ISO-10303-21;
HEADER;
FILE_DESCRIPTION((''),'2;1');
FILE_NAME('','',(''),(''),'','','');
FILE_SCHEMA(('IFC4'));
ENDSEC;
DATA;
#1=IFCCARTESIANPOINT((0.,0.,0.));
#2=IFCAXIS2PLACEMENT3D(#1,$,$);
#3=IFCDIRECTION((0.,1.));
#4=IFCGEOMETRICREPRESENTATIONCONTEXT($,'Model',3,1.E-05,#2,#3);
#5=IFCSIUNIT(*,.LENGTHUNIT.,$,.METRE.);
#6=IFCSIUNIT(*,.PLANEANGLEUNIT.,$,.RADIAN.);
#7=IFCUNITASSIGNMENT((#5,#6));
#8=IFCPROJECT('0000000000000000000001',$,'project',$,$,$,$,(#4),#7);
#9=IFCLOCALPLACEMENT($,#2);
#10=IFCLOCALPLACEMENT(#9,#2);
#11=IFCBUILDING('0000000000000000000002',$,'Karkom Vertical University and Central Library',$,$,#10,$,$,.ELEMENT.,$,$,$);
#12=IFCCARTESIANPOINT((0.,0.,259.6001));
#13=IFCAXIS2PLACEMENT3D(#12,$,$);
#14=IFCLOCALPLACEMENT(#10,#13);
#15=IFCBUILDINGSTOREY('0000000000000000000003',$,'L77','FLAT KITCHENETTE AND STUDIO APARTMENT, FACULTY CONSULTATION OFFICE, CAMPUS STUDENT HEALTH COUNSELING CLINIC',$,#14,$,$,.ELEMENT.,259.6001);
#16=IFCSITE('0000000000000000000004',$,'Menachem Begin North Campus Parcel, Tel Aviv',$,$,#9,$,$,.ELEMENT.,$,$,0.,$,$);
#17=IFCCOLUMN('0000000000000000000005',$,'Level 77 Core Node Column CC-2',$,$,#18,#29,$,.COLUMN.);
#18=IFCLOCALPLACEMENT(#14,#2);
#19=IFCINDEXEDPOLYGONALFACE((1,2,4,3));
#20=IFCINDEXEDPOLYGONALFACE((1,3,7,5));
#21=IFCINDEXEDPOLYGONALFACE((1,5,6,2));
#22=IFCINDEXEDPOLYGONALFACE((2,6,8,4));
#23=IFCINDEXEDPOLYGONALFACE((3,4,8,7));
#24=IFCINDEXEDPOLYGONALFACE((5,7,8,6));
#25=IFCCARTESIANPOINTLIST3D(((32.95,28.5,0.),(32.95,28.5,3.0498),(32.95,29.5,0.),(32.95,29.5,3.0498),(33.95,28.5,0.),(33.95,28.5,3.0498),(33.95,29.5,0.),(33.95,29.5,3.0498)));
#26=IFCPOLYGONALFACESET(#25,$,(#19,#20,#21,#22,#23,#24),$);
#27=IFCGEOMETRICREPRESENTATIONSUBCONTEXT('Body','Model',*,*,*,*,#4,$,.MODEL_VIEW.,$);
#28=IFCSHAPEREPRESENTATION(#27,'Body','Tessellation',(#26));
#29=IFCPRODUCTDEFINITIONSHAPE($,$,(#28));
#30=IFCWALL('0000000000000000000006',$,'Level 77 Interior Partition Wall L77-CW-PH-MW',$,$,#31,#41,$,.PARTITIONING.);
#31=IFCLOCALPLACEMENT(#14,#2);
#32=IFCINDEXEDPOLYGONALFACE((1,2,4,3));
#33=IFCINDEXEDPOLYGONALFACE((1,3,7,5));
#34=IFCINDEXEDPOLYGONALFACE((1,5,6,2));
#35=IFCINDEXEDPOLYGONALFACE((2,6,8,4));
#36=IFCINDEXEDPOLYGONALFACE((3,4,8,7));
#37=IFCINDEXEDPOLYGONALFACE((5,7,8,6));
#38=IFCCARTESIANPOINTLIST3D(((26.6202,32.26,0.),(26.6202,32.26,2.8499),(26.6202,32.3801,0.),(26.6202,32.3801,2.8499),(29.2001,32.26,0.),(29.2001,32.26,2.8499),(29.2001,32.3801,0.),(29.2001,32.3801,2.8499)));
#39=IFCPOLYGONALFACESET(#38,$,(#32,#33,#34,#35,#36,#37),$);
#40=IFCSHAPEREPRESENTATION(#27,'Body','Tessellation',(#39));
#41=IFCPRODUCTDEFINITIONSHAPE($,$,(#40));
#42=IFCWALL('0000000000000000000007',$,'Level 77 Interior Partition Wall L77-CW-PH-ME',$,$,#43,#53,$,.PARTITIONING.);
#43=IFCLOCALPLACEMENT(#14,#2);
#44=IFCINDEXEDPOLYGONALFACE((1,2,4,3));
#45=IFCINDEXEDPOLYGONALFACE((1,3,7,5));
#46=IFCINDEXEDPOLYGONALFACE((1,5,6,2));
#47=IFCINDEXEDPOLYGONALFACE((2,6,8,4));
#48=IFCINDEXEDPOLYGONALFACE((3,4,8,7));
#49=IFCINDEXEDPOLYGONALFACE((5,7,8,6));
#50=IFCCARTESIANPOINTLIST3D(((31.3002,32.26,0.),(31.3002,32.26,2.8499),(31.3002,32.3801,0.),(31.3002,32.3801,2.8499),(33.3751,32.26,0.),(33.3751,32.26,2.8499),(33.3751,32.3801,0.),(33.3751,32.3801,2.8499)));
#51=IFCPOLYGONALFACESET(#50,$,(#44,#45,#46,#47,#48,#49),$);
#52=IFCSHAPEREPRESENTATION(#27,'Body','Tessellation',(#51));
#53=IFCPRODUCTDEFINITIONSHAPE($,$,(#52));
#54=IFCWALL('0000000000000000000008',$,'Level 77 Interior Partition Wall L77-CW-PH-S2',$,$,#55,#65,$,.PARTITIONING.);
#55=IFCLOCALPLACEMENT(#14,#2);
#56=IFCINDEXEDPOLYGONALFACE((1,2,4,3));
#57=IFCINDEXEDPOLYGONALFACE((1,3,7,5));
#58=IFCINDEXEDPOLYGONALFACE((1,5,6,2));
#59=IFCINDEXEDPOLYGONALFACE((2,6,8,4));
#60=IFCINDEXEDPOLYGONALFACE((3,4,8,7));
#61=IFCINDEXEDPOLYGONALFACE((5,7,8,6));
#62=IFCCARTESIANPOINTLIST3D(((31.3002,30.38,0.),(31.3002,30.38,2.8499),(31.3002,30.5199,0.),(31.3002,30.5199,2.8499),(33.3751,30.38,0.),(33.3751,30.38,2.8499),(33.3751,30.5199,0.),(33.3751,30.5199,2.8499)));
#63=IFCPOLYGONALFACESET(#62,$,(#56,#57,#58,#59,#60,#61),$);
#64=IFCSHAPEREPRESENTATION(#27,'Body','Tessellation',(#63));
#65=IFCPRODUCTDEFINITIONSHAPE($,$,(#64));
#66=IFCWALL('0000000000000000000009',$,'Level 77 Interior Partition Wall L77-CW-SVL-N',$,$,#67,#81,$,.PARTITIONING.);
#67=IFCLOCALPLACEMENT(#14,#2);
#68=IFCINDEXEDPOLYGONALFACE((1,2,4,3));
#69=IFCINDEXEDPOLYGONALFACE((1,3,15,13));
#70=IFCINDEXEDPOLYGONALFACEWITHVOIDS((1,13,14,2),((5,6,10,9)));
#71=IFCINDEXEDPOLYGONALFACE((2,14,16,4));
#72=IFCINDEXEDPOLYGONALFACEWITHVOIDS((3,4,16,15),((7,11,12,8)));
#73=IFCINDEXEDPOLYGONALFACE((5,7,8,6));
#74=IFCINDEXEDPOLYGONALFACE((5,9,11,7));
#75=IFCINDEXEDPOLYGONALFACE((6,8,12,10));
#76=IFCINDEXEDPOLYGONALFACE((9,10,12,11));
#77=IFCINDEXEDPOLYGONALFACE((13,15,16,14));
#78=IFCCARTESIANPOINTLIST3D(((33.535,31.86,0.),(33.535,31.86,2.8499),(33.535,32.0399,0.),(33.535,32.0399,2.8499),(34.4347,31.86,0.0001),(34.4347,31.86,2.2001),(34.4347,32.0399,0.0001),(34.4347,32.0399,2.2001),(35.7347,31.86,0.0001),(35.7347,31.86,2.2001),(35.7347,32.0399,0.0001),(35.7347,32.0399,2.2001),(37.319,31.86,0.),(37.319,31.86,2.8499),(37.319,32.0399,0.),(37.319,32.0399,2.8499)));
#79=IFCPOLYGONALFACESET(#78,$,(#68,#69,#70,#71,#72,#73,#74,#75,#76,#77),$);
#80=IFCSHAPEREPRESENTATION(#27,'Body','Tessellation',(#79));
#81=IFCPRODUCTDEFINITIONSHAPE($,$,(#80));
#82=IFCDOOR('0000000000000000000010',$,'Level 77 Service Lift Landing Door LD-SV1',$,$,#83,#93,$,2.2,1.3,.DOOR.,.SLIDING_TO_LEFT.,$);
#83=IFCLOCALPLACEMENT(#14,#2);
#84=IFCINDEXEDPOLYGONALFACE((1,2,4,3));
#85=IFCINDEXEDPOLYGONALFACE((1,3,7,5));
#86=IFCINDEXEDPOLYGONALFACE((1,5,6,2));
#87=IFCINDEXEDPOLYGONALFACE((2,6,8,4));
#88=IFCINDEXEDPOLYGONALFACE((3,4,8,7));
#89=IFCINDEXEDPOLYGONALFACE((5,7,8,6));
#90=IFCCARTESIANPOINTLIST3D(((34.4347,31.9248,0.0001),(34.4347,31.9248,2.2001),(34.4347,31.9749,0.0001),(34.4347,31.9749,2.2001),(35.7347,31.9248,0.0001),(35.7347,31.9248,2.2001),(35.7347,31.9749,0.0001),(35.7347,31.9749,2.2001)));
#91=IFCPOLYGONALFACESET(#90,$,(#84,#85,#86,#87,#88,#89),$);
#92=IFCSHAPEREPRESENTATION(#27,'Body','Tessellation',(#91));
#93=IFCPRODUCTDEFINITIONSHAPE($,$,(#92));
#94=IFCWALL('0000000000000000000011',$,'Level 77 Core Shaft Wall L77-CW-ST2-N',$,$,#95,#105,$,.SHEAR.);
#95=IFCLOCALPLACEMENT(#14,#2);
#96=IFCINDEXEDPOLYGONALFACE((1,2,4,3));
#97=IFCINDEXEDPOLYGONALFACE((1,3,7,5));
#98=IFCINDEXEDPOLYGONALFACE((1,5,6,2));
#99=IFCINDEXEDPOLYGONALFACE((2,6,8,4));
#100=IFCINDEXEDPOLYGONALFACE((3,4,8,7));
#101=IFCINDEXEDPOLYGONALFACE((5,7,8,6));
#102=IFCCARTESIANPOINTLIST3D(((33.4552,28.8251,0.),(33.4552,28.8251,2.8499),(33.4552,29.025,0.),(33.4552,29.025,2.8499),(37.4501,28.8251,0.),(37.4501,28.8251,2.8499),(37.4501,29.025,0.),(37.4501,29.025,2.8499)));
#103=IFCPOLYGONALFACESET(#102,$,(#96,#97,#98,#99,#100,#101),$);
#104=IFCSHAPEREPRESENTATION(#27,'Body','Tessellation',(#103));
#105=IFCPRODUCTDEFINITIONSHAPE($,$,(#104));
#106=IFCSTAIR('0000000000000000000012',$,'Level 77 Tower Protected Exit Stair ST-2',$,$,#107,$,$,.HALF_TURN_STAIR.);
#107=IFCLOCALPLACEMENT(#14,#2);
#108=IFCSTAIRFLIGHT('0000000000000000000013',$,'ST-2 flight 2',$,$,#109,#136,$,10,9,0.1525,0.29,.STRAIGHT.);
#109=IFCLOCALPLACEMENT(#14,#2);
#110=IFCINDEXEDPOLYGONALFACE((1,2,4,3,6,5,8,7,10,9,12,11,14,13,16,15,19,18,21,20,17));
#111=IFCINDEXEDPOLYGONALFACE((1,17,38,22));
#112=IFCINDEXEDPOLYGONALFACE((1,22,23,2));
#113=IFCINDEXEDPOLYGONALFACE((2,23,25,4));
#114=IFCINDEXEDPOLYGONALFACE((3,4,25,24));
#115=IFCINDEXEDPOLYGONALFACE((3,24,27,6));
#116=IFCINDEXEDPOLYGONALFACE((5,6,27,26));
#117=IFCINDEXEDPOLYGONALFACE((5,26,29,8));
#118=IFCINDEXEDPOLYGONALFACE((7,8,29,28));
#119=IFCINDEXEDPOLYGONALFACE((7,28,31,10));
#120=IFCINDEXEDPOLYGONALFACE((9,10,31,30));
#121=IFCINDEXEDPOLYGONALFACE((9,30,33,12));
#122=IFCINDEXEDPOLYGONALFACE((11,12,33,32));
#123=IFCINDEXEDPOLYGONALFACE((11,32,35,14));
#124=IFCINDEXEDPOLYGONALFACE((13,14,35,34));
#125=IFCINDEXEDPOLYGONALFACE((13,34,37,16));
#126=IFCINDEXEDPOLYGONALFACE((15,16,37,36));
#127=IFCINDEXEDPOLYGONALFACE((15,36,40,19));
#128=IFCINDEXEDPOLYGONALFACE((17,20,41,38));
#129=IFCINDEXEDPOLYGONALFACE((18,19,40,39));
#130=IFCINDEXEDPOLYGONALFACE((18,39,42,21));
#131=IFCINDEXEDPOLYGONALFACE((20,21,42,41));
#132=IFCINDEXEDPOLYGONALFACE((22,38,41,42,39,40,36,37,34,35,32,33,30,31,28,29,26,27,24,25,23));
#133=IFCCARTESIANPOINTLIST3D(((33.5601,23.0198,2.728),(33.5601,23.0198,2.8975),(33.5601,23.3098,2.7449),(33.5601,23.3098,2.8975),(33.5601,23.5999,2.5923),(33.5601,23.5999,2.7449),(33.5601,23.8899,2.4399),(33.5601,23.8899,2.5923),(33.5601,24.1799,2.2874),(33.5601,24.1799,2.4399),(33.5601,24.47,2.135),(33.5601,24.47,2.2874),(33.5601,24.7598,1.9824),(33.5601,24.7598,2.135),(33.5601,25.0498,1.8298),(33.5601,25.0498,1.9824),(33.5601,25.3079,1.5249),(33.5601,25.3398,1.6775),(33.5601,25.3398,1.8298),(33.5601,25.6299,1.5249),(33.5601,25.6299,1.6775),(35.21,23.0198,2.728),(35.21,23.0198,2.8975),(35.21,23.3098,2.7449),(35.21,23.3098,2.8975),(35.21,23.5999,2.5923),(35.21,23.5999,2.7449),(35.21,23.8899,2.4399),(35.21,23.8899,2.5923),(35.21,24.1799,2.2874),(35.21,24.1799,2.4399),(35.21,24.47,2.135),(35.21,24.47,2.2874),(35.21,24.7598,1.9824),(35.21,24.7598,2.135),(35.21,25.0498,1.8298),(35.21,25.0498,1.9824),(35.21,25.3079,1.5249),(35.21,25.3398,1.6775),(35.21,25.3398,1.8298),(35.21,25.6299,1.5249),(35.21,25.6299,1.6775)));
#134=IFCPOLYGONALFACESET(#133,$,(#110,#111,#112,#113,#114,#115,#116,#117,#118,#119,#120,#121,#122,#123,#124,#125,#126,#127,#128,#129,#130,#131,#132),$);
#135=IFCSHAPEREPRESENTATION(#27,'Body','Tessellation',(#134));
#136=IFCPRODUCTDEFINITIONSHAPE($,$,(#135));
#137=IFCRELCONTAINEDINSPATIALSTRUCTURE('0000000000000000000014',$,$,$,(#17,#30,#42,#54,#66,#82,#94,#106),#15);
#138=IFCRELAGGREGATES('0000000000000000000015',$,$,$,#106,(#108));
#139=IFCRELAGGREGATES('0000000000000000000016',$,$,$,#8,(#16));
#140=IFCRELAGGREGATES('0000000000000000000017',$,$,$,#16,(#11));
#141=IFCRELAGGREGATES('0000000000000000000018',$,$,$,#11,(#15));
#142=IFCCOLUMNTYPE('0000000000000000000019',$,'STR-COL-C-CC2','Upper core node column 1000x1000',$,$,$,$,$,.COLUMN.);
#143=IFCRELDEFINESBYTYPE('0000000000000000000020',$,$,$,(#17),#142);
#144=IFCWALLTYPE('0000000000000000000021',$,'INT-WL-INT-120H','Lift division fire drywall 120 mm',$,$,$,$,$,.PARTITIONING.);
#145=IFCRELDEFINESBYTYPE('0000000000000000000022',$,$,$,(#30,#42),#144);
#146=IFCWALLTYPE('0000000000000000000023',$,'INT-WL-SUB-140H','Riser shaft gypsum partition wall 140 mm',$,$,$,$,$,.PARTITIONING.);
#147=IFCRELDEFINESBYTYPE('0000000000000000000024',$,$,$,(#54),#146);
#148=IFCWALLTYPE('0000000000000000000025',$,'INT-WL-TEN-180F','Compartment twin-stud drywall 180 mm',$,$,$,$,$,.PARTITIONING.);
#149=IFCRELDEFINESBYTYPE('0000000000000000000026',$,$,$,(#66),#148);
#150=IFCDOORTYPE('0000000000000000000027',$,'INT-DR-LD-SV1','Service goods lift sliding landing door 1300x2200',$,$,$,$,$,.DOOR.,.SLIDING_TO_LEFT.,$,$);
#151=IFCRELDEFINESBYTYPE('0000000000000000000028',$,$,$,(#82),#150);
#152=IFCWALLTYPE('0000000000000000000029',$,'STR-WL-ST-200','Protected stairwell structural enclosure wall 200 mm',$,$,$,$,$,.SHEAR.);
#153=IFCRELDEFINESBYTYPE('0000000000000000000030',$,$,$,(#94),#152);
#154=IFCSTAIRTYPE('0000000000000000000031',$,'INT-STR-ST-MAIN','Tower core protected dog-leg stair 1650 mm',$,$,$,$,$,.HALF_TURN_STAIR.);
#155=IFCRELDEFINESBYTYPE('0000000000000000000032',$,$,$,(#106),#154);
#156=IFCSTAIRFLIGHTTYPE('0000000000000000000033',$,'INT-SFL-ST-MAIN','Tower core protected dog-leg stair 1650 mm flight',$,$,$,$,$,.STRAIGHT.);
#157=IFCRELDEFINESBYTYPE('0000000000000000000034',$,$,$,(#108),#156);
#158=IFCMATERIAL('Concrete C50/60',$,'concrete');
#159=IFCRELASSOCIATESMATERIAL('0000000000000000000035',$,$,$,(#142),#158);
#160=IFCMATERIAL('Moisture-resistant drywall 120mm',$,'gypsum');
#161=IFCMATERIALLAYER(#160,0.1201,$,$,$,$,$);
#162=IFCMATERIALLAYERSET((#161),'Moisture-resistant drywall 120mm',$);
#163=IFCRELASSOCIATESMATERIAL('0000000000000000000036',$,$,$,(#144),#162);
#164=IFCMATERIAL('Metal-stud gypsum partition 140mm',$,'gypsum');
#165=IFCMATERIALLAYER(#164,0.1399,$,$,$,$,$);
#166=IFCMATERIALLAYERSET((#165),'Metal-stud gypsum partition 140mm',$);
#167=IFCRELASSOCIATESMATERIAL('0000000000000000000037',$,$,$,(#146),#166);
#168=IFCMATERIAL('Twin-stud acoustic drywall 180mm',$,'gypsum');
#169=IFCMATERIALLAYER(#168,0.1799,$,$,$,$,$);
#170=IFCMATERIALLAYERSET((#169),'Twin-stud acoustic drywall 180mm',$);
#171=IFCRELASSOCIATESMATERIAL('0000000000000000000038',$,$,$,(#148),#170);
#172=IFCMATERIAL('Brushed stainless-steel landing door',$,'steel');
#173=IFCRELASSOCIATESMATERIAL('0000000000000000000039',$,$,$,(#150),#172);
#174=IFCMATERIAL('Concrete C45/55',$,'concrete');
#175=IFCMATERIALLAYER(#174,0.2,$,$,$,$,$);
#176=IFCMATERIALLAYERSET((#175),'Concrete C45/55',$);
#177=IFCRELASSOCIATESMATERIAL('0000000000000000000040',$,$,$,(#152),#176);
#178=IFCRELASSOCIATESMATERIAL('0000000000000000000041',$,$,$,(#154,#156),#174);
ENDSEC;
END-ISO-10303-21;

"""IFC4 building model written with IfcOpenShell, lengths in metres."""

from ifc_helpers import new_model, si_unit, direction, frame, frame_2d, origin, origin_with_axes, origin_2d, place, context, subcontext, project, spatial, polyline, rectangle, outline, extrude, source, transform, mapped, material, layer, layer_set, material_profile, profile_set, type_object, element, fill, aggregate, save


model = new_model("IFC4")

# Units and contexts
model_context = context("Model", 3, precision=1e-05, world=origin(), true_north=direction((0.0, 1.0)))
body_context = subcontext(model_context, "Body", "Model", "MODEL_VIEW")
ifc_project = project(units=[si_unit("LENGTHUNIT", "METRE"), si_unit("PLANEANGLEUNIT", "RADIAN")], contexts=[model_context])

# Site, building, storey
site_placement = place(None, origin())
site = spatial("IfcSite", under=ifc_project, at=site_placement, Name="Menachem Begin North Campus Parcel, Tel Aviv", CompositionType="ELEMENT", RefElevation=0.0)
building_placement = place(site_placement, origin())
building = spatial("IfcBuilding", under=site, at=building_placement, Name="Karkom Vertical University and Central Library", CompositionType="ELEMENT")
storey_placement = place(building_placement, frame((0.0, 0.0, 259.6001)))
storey = spatial("IfcBuildingStorey", under=building, at=storey_placement, Name="L77", Description="FLAT KITCHENETTE AND STUDIO APARTMENT, FACULTY CONSULTATION OFFICE, CAMPUS STUDENT HEALTH COUNSELING CLINIC", CompositionType="ELEMENT", Elevation=259.6001)

# Column
ifc_material_1 = material(Name="Concrete C50/60", Category="concrete")
ifc_material_profile = material_profile(ifc_material_1, rectangle(XDim=1.0, YDim=1.0, at=origin_2d()), Name="RC-1000x1000")
ifc_profile_set = profile_set([ifc_material_profile], Name="Concrete C50/60")
column_type = type_object("IfcColumnType", Name="STR-COL-C-CC2", Description="Upper core node column 1000x1000", PredefinedType="COLUMN", material=ifc_profile_set)
shared_shape_1 = source(origin_with_axes(), body_context, "Body", "SweptSolid", [
    extrude(rectangle(XDim=1.0, YDim=1.0, at=origin_2d()), origin(), (0.0, 0.0, 1.0), 3.0498),
])
column_placement = place(storey_placement, frame((33.45, 29.0, 0.0), z_axis=(0.0, 0.0, 1.0), x_axis=(1.0, 0.0, 0.0)))
element("IfcColumn", 1, at=column_placement, inside=storey, type_object=column_type, Name="Level 77 Core Node Column CC-2", PredefinedType="COLUMN", context=body_context, shape_type="MappedRepresentation", body=[
    mapped(shared_shape_1, transform((0.0, 0.0, 0.0), scale=1.0)),
])

# Walls
ifc_material_2 = material(Name="Moisture-resistant drywall 120mm", Category="gypsum")
ifc_layer_1 = layer(ifc_material_2, 0.1201)
ifc_layer_set_1 = layer_set([ifc_layer_1], Name="Moisture-resistant drywall 120mm")
wall_type_1 = type_object("IfcWallType", Name="INT-WL-INT-120H", Description="Lift division fire drywall 120 mm", PredefinedType="PARTITIONING", material=ifc_layer_set_1)
wall_1_placement = place(storey_placement, frame((26.6201, 32.3201, 0.0), z_axis=(0.0, 0.0, 1.0), x_axis=(1.0, 0.0, 0.0)))
element("IfcWall", 2, at=wall_1_placement, inside=storey, type_object=wall_type_1, Name="Level 77 Interior Partition Wall L77-CW-PH-MW", PredefinedType="PARTITIONING", context=body_context, shape_type="SweptSolid", body=[
    extrude(rectangle(XDim=2.5798, YDim=0.1201, at=frame_2d((1.29, 0.0))), origin(), (0.0, 0.0, 1.0), 2.8499),
])
wall_2_placement = place(storey_placement, frame((31.3, 32.3201, 0.0), z_axis=(0.0, 0.0, 1.0), x_axis=(1.0, 0.0, 0.0)))
element("IfcWall", 3, at=wall_2_placement, inside=storey, type_object=wall_type_1, Name="Level 77 Interior Partition Wall L77-CW-PH-ME", PredefinedType="PARTITIONING", context=body_context, shape_type="SweptSolid", body=[
    extrude(rectangle(XDim=2.075, YDim=0.1201, at=frame_2d((1.0376, 0.0))), origin(), (0.0, 0.0, 1.0), 2.8499),
])

# Shared definitions
ifc_material_3 = material(Name="Metal-stud gypsum partition 140mm", Category="gypsum")
ifc_layer_2 = layer(ifc_material_3, 0.1399)
ifc_layer_set_2 = layer_set([ifc_layer_2], Name="Metal-stud gypsum partition 140mm")
wall_type_2 = type_object("IfcWallType", Name="INT-WL-SUB-140H", Description="Riser shaft gypsum partition wall 140 mm", PredefinedType="PARTITIONING", material=ifc_layer_set_2)
ifc_material_4 = material(Name="Brushed stainless-steel landing door", Category="steel")

# Wall
wall_3_placement = place(storey_placement, frame((31.3, 30.45, 0.0), z_axis=(0.0, 0.0, 1.0), x_axis=(1.0, 0.0, 0.0)))
element("IfcWall", 4, at=wall_3_placement, inside=storey, type_object=wall_type_2, Name="Level 77 Interior Partition Wall L77-CW-PH-S2", PredefinedType="PARTITIONING", context=body_context, shape_type="SweptSolid", body=[
    extrude(rectangle(XDim=2.075, YDim=0.1399, at=frame_2d((1.0376, 0.0))), origin(), (0.0, 0.0, 1.0), 2.8499),
])

# Wall, opening, door
ifc_material_5 = material(Name="Twin-stud acoustic drywall 180mm", Category="gypsum")
ifc_layer_3 = layer(ifc_material_5, 0.1799)
ifc_layer_set_3 = layer_set([ifc_layer_3], Name="Twin-stud acoustic drywall 180mm")
wall_type_3 = type_object("IfcWallType", Name="INT-WL-TEN-180F", Description="Compartment twin-stud drywall 180 mm", PredefinedType="PARTITIONING", material=ifc_layer_set_3)
wall_4_placement = place(storey_placement, frame((33.5349, 31.95, 0.0), z_axis=(0.0, 0.0, 1.0), x_axis=(1.0, 0.0, 0.0)))
wall_4 = element("IfcWall", 5, at=wall_4_placement, inside=storey, type_object=wall_type_3, Name="Level 77 Interior Partition Wall L77-CW-SVL-N", PredefinedType="PARTITIONING", context=body_context, shape_type="SweptSolid", body=[
    extrude(rectangle(XDim=3.7839, YDim=0.1799, at=frame_2d((1.8921, 0.0))), origin(), (0.0, 0.0, 1.0), 2.8499),
])
opening_1_placement = place(wall_4_placement, frame((0.8999, 0.0, 0.0)))
opening_1 = element("IfcOpeningElement", 6, at=opening_1_placement, cuts=wall_4, PredefinedType="OPENING", context=body_context, shape_type="SweptSolid", body=[
    extrude(rectangle(XDim=1.3, YDim=2.2, at=frame_2d((0.6499, 1.1001))), frame((0.0, 0.1001, 0.0), z_axis=(0.0, -1.0, 0.0), x_axis=(1.0, 0.0, 0.0)), (0.0, 0.0, 1.0), 0.2),
])
door_type_1 = type_object("IfcDoorType", Name="INT-DR-LD-SV1", Description="Service goods lift sliding landing door 1300x2200", OperationType="SLIDING_TO_LEFT", PredefinedType="DOOR", material=ifc_material_4)
shared_shape_2 = source(origin_with_axes(), body_context, "Body", "SweptSolid", [
    extrude(rectangle(XDim=1.3, YDim=2.2, at=frame_2d((0.6499, 1.1001))), frame((0.0, 0.0249, 0.0), z_axis=(0.0, -1.0, 0.0), x_axis=(1.0, 0.0, 0.0)), (0.0, 0.0, 1.0), 0.05),
])
door_1_placement = place(opening_1_placement, origin())
door_1 = element("IfcDoor", 7, at=door_1_placement, inside=storey, type_object=door_type_1, Name="Level 77 Service Lift Landing Door LD-SV1", OperationType="SLIDING_TO_LEFT", OverallHeight=2.2, OverallWidth=1.3, PredefinedType="DOOR", context=body_context, shape_type="MappedRepresentation", body=[
    mapped(shared_shape_2, transform((0.0, 0.0, 0.0), scale=1.0)),
])
fill(opening_1, door_1)

# Wall
ifc_material_6 = material(Name="Concrete C45/55", Category="concrete")
ifc_layer_4 = layer(ifc_material_6, 0.2)
ifc_layer_set_4 = layer_set([ifc_layer_4], Name="Concrete C45/55")
wall_type_4 = type_object("IfcWallType", Name="STR-WL-ST-200", Description="Protected stairwell structural enclosure wall 200 mm", PredefinedType="SHEAR", material=ifc_layer_set_4)
wall_5_placement = place(storey_placement, frame((33.4551, 28.925, 0.0), z_axis=(0.0, 0.0, 1.0), x_axis=(1.0, 0.0, 0.0)))
element("IfcWall", 8, at=wall_5_placement, inside=storey, type_object=wall_type_4, Name="Level 77 Core Shaft Wall L77-CW-ST2-N", PredefinedType="SHEAR", context=body_context, shape_type="SweptSolid", body=[
    extrude(rectangle(XDim=3.9949, YDim=0.2, at=frame_2d((1.9976, 0.0))), origin(), (0.0, 0.0, 1.0), 2.8499),
])

# Stair, stair flight
stair_type = type_object("IfcStairType", Name="INT-STR-ST-MAIN", Description="Tower core protected dog-leg stair 1650 mm", PredefinedType="HALF_TURN_STAIR", material=ifc_material_6)
stair_placement = place(storey_placement, origin())
stair = element("IfcStair", 9, at=stair_placement, inside=storey, type_object=stair_type, Name="Level 77 Tower Protected Exit Stair ST-2", PredefinedType="HALF_TURN_STAIR")
stair_flight_type = type_object("IfcStairFlightType", Name="INT-SFL-ST-MAIN", Description="Tower core protected dog-leg stair 1650 mm flight", PredefinedType="STRAIGHT", material=ifc_material_6)
stair_flight_placement = place(storey_placement, frame((34.385, 25.6299, 1.5249), z_axis=(0.0, 0.0, 1.0), x_axis=(0.0, -1.0, 0.0)))
stair_flight = element("IfcStairFlight", 10, at=stair_flight_placement, type_object=stair_flight_type, Name="ST-2 flight 2", NumberOfRisers=10, NumberOfTreads=9, PredefinedType="STRAIGHT", RiserHeight=0.1525, TreadLength=0.29, context=body_context, shape_type="SweptSolid", body=[
    extrude(outline(polyline([(0.0, 0.0), (0.0, 0.1526), (0.29, 0.1526), (0.29, 0.3049), (0.5801, 0.3049), (0.5801, 0.4575), (0.8701, 0.4575), (0.8701, 0.6101), (1.1599, 0.6101), (1.1599, 0.7625), (1.45, 0.7625), (1.45, 0.915), (1.74, 0.915), (1.74, 1.0674), (2.03, 1.0674), (2.03, 1.22), (2.3201, 1.22), (2.3201, 1.3726), (2.6101, 1.3726), (2.6101, 1.5249), (2.6101, 1.2031), (0.322, 0.0), (0.0, 0.0)])), frame((0.0, 0.825, 0.0), z_axis=(0.0, -1.0, 0.0), x_axis=(1.0, 0.0, 0.0)), (0.0, 0.0, 1.0), 1.6499),
])
aggregate(stair, [stair_flight])

save(model, "model.ifc")
